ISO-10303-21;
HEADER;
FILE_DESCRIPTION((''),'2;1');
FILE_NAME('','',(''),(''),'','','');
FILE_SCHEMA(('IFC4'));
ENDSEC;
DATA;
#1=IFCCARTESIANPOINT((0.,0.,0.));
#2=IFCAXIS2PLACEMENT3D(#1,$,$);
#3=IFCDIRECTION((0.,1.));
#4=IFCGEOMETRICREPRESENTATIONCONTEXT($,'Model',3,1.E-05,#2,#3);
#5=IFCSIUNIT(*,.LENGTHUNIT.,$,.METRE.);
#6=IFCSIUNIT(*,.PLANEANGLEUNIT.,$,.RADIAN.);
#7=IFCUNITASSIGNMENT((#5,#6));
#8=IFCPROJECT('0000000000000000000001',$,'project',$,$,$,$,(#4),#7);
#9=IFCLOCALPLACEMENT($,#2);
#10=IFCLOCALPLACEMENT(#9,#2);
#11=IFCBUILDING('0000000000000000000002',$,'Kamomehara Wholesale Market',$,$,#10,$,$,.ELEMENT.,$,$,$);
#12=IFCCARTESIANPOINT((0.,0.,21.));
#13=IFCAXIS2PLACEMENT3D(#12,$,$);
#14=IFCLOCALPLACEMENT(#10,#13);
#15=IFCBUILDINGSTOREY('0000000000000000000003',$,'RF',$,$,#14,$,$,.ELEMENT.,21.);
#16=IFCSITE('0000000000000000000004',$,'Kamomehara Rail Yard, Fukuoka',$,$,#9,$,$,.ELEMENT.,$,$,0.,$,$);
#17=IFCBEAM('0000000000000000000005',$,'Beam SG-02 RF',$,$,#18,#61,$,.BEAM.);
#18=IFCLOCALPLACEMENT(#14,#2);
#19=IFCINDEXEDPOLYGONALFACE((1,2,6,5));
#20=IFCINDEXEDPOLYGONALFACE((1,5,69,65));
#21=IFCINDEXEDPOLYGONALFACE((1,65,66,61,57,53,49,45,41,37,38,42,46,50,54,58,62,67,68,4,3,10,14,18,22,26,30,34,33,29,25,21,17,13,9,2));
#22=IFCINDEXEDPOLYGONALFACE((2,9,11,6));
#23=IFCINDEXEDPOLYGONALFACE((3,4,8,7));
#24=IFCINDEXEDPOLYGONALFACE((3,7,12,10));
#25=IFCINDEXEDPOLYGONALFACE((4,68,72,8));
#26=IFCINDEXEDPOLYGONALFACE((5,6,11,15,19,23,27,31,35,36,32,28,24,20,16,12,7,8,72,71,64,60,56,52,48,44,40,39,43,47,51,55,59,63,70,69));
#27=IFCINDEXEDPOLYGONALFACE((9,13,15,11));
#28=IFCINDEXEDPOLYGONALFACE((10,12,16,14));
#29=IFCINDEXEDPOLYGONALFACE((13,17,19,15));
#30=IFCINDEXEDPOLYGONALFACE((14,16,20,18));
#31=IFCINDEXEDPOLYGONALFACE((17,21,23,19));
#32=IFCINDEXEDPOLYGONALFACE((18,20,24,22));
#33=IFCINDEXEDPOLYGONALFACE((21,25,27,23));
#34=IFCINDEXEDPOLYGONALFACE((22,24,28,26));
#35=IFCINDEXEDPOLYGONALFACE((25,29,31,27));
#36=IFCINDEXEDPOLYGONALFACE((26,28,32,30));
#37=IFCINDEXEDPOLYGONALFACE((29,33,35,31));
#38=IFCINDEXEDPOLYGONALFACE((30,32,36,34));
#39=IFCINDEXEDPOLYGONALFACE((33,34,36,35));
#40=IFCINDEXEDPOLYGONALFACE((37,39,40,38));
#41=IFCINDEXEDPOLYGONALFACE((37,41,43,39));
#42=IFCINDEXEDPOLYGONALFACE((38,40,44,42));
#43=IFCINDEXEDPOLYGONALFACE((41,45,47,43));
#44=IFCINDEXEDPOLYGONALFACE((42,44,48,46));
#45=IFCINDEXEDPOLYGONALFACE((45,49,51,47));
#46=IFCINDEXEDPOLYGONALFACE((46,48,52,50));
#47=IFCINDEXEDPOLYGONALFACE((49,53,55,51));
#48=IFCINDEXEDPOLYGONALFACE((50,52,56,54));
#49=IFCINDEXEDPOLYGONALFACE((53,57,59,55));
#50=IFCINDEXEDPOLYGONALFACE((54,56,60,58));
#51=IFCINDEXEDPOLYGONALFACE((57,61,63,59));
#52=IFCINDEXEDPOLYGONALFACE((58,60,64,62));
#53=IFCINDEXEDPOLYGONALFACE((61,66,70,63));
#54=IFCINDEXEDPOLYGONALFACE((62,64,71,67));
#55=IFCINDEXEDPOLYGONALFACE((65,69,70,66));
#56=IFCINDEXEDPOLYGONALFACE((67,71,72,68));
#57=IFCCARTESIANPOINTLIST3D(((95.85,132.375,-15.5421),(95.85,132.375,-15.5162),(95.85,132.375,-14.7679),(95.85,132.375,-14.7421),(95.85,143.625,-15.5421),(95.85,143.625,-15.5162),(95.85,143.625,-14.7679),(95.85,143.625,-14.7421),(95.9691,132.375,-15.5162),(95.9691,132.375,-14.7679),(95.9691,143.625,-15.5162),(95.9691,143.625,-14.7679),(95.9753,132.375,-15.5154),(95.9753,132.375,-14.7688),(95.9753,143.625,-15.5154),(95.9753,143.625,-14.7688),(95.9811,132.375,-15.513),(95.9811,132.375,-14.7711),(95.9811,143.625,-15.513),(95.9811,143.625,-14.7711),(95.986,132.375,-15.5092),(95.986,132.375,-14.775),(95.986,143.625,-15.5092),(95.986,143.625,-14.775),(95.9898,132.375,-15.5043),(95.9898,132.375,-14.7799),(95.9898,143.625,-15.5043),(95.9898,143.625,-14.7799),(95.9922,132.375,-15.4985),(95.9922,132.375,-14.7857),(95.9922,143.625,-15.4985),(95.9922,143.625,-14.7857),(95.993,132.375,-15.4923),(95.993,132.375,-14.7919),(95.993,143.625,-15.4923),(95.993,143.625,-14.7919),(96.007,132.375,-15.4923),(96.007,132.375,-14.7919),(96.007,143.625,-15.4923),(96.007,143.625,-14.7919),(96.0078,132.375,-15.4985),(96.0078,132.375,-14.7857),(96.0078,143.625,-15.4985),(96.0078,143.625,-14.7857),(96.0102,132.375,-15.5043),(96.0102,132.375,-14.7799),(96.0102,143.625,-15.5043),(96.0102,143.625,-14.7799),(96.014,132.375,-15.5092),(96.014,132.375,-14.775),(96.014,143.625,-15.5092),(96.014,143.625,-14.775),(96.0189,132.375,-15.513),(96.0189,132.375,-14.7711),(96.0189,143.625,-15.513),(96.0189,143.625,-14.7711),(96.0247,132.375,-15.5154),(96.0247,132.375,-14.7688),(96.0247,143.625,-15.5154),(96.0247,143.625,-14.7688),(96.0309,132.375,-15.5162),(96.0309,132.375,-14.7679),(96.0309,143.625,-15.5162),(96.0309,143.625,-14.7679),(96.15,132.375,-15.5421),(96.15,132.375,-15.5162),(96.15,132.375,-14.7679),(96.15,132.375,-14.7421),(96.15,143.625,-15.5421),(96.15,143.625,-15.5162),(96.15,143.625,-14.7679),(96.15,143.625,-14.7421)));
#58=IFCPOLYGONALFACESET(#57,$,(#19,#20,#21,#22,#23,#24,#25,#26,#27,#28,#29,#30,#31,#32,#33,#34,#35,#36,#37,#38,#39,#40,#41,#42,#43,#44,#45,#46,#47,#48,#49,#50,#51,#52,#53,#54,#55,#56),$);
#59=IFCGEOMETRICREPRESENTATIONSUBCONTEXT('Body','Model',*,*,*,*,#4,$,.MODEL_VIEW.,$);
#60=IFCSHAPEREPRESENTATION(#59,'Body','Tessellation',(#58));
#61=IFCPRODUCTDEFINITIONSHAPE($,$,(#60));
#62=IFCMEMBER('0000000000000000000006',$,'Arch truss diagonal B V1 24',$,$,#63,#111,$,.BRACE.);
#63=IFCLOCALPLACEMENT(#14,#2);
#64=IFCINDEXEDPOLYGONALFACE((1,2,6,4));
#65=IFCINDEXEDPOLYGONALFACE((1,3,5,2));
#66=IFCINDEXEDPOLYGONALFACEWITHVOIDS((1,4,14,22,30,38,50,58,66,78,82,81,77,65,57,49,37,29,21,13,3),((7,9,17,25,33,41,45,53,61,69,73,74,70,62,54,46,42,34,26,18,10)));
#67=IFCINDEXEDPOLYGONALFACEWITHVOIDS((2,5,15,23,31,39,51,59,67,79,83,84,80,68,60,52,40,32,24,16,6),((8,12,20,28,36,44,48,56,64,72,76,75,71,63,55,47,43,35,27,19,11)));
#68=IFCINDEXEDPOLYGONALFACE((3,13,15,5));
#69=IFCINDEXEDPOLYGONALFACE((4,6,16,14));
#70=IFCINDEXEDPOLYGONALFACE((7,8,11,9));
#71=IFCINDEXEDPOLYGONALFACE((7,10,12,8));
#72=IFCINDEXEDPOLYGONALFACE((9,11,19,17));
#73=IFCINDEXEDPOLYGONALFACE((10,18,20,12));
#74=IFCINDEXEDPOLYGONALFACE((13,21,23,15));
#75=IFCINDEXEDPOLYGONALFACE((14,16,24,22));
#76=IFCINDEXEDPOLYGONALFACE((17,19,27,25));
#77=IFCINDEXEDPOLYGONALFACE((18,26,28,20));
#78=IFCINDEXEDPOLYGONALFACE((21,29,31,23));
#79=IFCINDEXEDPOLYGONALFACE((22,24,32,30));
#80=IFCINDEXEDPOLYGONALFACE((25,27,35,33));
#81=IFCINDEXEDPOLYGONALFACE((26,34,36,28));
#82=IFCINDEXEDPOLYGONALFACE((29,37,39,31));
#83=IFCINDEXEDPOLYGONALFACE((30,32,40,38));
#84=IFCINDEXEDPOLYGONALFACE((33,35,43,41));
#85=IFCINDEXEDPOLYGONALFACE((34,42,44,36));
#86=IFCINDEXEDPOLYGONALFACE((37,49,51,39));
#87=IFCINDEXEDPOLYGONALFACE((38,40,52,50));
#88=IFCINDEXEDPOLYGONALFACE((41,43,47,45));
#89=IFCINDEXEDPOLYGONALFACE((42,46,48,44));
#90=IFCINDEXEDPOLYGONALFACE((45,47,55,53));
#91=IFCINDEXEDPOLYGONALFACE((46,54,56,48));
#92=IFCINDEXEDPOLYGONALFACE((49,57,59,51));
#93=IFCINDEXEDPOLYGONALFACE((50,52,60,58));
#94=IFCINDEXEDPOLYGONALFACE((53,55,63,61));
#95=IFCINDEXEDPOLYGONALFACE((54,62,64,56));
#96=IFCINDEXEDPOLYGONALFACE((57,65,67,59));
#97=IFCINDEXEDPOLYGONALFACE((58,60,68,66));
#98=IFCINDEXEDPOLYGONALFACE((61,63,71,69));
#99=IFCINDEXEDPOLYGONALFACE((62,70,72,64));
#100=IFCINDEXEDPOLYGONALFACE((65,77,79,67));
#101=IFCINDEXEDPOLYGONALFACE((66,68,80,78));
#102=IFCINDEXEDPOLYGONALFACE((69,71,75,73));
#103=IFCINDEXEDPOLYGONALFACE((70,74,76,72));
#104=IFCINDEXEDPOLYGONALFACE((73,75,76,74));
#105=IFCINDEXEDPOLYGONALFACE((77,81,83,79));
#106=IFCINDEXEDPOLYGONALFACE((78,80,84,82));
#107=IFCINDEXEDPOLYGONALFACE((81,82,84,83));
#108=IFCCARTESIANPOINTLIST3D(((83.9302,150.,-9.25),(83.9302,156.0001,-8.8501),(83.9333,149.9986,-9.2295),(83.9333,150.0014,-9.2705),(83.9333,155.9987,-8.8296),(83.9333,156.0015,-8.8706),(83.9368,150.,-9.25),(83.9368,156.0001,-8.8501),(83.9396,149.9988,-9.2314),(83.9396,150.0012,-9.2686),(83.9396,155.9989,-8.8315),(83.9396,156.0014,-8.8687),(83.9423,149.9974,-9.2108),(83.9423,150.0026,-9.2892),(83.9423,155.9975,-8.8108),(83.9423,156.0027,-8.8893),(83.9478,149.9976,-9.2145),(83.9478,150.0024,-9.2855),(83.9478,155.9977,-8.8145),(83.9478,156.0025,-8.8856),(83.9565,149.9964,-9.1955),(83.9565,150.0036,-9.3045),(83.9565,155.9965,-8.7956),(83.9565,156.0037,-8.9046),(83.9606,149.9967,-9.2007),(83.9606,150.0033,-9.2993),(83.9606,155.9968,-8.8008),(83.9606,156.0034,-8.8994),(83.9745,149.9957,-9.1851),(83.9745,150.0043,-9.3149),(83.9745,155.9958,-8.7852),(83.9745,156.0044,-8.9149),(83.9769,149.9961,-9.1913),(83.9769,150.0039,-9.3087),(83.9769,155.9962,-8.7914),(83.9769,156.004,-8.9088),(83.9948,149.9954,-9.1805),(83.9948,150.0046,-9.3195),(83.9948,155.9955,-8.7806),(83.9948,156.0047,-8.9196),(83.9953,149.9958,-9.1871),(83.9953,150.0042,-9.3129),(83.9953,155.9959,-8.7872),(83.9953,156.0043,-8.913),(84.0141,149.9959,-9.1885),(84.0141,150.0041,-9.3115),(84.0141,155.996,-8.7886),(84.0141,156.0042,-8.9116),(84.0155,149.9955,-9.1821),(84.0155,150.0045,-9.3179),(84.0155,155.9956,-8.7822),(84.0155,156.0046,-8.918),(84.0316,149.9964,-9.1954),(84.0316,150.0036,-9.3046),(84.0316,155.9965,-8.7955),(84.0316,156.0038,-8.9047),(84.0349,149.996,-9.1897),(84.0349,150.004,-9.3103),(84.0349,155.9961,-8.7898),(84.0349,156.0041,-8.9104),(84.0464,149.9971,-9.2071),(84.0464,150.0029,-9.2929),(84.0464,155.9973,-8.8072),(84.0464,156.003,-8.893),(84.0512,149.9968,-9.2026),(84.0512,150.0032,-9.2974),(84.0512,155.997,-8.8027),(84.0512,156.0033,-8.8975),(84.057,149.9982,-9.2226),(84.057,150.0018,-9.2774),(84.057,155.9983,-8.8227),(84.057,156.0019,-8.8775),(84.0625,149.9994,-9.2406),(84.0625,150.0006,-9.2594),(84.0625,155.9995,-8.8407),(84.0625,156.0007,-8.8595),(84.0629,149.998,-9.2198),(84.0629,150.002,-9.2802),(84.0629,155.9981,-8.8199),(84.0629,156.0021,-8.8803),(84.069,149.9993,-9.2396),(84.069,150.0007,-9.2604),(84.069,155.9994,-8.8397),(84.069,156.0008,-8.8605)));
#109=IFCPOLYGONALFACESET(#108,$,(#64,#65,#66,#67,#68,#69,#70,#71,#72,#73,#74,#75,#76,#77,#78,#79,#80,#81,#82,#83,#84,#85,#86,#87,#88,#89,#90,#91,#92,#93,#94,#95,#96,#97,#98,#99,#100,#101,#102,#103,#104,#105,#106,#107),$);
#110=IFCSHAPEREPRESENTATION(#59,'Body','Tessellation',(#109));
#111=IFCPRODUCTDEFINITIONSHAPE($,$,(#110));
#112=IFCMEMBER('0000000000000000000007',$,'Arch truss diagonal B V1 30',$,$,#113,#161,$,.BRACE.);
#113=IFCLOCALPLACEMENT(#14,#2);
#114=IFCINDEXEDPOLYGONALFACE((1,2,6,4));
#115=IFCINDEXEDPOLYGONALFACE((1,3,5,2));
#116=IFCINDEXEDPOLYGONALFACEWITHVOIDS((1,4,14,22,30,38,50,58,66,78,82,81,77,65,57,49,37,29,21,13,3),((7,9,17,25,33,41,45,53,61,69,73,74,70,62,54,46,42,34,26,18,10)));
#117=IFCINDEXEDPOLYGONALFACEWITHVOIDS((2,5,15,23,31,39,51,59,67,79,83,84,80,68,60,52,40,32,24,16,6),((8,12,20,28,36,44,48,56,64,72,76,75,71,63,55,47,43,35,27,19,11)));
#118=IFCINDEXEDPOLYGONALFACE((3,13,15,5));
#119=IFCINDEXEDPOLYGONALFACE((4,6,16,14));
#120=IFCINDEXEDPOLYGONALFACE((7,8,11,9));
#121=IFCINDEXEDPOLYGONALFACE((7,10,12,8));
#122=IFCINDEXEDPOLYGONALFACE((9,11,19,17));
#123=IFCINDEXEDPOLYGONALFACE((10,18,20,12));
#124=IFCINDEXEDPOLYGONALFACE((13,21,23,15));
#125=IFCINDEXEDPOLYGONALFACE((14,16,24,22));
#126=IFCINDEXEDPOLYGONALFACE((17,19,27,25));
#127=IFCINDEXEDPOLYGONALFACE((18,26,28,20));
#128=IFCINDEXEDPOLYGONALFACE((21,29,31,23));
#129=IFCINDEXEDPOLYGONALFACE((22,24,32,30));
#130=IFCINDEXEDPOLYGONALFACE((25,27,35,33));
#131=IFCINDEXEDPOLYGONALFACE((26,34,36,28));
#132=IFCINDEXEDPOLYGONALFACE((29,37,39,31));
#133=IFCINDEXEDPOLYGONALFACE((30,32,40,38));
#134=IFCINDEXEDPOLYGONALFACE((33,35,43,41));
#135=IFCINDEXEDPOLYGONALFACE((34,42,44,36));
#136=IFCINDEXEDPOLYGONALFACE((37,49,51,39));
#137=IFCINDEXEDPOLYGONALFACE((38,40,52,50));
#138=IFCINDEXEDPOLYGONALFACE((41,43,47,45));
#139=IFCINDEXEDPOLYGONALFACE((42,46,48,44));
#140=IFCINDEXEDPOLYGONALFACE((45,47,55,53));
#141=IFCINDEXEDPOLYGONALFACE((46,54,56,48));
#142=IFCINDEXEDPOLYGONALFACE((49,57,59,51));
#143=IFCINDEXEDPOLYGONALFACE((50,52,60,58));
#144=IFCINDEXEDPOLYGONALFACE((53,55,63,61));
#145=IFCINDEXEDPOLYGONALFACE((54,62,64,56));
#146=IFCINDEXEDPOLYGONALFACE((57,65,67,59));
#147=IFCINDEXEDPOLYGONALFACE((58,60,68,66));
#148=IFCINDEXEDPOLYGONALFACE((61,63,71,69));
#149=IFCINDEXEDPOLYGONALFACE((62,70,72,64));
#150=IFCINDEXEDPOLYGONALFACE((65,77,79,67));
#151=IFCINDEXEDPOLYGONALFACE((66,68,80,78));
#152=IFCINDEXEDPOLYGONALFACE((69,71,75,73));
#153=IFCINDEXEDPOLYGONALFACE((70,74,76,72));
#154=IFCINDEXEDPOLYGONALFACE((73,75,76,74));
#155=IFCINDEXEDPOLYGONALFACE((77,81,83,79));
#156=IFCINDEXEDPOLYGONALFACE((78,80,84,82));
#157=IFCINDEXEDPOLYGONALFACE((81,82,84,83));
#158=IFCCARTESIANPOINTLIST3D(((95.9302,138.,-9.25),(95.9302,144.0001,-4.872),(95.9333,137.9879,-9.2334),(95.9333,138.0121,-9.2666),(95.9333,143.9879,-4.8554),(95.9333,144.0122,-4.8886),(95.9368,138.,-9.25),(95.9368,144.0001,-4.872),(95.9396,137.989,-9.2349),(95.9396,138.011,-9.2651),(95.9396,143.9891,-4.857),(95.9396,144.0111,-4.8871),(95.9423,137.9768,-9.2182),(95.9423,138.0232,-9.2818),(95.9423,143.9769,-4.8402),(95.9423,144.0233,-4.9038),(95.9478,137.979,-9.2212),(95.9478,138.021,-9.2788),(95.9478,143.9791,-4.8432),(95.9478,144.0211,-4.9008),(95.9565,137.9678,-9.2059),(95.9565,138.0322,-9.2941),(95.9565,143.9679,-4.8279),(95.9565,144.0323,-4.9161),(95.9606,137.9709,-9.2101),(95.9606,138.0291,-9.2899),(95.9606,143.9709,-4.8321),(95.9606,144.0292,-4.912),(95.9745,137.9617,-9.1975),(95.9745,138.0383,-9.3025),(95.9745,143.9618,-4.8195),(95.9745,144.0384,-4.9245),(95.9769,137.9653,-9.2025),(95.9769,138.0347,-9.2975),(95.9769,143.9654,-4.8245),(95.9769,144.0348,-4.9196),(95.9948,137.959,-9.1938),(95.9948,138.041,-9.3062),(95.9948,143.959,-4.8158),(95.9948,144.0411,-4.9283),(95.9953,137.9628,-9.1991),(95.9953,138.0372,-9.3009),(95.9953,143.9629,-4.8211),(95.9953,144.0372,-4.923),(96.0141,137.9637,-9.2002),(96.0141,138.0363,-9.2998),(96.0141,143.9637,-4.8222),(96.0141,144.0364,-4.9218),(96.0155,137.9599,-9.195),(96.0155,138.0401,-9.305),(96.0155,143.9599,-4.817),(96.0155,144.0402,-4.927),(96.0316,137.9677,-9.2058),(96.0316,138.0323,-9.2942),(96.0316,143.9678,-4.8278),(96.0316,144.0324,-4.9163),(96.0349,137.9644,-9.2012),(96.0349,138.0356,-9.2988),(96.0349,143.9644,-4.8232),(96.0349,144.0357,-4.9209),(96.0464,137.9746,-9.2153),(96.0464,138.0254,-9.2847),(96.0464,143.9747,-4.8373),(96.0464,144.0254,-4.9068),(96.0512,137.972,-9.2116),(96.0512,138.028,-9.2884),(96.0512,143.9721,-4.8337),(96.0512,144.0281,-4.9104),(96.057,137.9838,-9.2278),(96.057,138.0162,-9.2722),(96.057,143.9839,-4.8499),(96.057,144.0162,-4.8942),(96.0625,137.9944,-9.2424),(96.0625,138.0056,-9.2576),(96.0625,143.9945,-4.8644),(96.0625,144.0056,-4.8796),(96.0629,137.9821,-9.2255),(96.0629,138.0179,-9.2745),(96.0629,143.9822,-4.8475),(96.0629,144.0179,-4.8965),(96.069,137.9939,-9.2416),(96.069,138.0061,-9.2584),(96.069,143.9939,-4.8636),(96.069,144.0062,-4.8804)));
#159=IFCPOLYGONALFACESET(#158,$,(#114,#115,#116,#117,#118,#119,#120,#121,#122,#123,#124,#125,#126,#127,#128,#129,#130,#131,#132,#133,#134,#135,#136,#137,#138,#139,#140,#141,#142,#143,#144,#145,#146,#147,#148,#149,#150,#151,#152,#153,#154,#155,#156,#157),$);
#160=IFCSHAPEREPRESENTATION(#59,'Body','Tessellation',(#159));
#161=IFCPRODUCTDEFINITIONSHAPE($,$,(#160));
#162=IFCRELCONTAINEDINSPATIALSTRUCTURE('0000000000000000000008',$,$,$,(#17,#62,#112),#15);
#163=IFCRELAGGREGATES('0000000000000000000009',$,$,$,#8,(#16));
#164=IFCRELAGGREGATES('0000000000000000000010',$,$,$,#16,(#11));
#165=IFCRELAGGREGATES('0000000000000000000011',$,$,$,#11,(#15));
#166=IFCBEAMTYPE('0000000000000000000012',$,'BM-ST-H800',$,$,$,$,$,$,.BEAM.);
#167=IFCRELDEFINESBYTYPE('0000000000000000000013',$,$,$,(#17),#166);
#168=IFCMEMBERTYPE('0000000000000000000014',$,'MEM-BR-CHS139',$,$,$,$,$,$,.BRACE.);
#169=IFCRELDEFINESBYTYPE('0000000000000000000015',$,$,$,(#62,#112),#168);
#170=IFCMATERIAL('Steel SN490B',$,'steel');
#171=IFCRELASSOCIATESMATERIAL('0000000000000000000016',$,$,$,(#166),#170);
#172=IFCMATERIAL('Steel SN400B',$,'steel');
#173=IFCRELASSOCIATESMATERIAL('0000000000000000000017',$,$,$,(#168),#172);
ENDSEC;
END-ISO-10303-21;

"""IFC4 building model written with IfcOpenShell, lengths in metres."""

from ifc_helpers import new_model, si_unit, direction, frame, origin, origin_2d, place, context, subcontext, project, spatial, hollow_circle, i_section, extrude, material, material_profile, profile_set, type_object, element, save


model = new_model("IFC4")

# Units and contexts
model_context = context("Model", 3, precision=1e-05, world=origin(), true_north=direction((0.0, 1.0)))
body_context = subcontext(model_context, "Body", "Model", "MODEL_VIEW")
ifc_project = project(units=[si_unit("LENGTHUNIT", "METRE"), si_unit("PLANEANGLEUNIT", "RADIAN")], contexts=[model_context])

# Site, building, storey
site_placement = place(None, origin())
site = spatial("IfcSite", under=ifc_project, at=site_placement, Name="Kamomehara Rail Yard, Fukuoka", CompositionType="ELEMENT", RefElevation=0.0)
building_placement = place(site_placement, origin())
building = spatial("IfcBuilding", under=site, at=building_placement, Name="Kamomehara Wholesale Market", CompositionType="ELEMENT")
storey_placement = place(building_placement, frame((0.0, 0.0, 21.0)))
storey = spatial("IfcBuildingStorey", under=building, at=storey_placement, Name="RF", CompositionType="ELEMENT", Elevation=21.0)

# Beam
ifc_material_1 = material(Name="Steel SN490B", Category="steel")
ifc_material_profile_1 = material_profile(ifc_material_1, i_section(OverallWidth=0.3, OverallDepth=0.8, WebThickness=0.0139, FlangeThickness=0.0259, FilletRadius=0.0239, at=origin_2d()), Name="H-800x300x14x26")
ifc_profile_set_1 = profile_set([ifc_material_profile_1], Name="Steel SN490B")
beam_type_1 = type_object("IfcBeamType", Name="BM-ST-H800", PredefinedType="BEAM", material=ifc_profile_set_1)
beam_1_placement = place(storey_placement, frame((96.0, 132.375, -15.1421), z_axis=(0.0, 1.0, 0.0), x_axis=(-1.0, 0.0, 0.0)))
element("IfcBeam", 1, at=beam_1_placement, inside=storey, type_object=beam_type_1, Name="Beam SG-02 RF", PredefinedType="BEAM", context=body_context, shape_type="SweptSolid", body=[
    extrude(i_section(OverallWidth=0.3, OverallDepth=0.8, WebThickness=0.0139, FlangeThickness=0.0259, FilletRadius=0.0239, at=origin_2d()), origin(), (0.0, 0.0, 1.0), 11.25),
])

# Members
ifc_material_2 = material(Name="Steel SN400B", Category="steel")
ifc_material_profile_2 = material_profile(ifc_material_2, hollow_circle(Radius=0.0698, WallThickness=0.0066, at=origin_2d()), Name="CHS-139.8x6.6")
ifc_profile_set_2 = profile_set([ifc_material_profile_2], Name="Steel SN400B")
member_type_1 = type_object("IfcMemberType", Name="MEM-BR-CHS139", PredefinedType="BRACE", material=ifc_profile_set_2)
member_1_placement = place(storey_placement, frame((84.0, 150.0, -9.25), z_axis=(0.0, 0.997786, 0.066503), x_axis=(-1.0, 0.0, 0.0)))
element("IfcMember", 2, at=member_1_placement, inside=storey, type_object=member_type_1, Name="Arch truss diagonal B V1 24", PredefinedType="BRACE", context=body_context, shape_type="SweptSolid", body=[
    extrude(hollow_circle(Radius=0.0698, WallThickness=0.0066, at=origin_2d()), origin(), (0.0, 0.0, 1.0), 6.0134),
])
member_2_placement = place(storey_placement, frame((96.0, 138.0, -9.25), z_axis=(0.0, 0.80782, 0.58943), x_axis=(-1.0, 0.0, 0.0)))
element("IfcMember", 3, at=member_2_placement, inside=storey, type_object=member_type_1, Name="Arch truss diagonal B V1 30", PredefinedType="BRACE", context=body_context, shape_type="SweptSolid", body=[
    extrude(hollow_circle(Radius=0.0698, WallThickness=0.0066, at=origin_2d()), origin(), (0.0, 0.0, 1.0), 7.4275),
])

save(model, "model.ifc")
